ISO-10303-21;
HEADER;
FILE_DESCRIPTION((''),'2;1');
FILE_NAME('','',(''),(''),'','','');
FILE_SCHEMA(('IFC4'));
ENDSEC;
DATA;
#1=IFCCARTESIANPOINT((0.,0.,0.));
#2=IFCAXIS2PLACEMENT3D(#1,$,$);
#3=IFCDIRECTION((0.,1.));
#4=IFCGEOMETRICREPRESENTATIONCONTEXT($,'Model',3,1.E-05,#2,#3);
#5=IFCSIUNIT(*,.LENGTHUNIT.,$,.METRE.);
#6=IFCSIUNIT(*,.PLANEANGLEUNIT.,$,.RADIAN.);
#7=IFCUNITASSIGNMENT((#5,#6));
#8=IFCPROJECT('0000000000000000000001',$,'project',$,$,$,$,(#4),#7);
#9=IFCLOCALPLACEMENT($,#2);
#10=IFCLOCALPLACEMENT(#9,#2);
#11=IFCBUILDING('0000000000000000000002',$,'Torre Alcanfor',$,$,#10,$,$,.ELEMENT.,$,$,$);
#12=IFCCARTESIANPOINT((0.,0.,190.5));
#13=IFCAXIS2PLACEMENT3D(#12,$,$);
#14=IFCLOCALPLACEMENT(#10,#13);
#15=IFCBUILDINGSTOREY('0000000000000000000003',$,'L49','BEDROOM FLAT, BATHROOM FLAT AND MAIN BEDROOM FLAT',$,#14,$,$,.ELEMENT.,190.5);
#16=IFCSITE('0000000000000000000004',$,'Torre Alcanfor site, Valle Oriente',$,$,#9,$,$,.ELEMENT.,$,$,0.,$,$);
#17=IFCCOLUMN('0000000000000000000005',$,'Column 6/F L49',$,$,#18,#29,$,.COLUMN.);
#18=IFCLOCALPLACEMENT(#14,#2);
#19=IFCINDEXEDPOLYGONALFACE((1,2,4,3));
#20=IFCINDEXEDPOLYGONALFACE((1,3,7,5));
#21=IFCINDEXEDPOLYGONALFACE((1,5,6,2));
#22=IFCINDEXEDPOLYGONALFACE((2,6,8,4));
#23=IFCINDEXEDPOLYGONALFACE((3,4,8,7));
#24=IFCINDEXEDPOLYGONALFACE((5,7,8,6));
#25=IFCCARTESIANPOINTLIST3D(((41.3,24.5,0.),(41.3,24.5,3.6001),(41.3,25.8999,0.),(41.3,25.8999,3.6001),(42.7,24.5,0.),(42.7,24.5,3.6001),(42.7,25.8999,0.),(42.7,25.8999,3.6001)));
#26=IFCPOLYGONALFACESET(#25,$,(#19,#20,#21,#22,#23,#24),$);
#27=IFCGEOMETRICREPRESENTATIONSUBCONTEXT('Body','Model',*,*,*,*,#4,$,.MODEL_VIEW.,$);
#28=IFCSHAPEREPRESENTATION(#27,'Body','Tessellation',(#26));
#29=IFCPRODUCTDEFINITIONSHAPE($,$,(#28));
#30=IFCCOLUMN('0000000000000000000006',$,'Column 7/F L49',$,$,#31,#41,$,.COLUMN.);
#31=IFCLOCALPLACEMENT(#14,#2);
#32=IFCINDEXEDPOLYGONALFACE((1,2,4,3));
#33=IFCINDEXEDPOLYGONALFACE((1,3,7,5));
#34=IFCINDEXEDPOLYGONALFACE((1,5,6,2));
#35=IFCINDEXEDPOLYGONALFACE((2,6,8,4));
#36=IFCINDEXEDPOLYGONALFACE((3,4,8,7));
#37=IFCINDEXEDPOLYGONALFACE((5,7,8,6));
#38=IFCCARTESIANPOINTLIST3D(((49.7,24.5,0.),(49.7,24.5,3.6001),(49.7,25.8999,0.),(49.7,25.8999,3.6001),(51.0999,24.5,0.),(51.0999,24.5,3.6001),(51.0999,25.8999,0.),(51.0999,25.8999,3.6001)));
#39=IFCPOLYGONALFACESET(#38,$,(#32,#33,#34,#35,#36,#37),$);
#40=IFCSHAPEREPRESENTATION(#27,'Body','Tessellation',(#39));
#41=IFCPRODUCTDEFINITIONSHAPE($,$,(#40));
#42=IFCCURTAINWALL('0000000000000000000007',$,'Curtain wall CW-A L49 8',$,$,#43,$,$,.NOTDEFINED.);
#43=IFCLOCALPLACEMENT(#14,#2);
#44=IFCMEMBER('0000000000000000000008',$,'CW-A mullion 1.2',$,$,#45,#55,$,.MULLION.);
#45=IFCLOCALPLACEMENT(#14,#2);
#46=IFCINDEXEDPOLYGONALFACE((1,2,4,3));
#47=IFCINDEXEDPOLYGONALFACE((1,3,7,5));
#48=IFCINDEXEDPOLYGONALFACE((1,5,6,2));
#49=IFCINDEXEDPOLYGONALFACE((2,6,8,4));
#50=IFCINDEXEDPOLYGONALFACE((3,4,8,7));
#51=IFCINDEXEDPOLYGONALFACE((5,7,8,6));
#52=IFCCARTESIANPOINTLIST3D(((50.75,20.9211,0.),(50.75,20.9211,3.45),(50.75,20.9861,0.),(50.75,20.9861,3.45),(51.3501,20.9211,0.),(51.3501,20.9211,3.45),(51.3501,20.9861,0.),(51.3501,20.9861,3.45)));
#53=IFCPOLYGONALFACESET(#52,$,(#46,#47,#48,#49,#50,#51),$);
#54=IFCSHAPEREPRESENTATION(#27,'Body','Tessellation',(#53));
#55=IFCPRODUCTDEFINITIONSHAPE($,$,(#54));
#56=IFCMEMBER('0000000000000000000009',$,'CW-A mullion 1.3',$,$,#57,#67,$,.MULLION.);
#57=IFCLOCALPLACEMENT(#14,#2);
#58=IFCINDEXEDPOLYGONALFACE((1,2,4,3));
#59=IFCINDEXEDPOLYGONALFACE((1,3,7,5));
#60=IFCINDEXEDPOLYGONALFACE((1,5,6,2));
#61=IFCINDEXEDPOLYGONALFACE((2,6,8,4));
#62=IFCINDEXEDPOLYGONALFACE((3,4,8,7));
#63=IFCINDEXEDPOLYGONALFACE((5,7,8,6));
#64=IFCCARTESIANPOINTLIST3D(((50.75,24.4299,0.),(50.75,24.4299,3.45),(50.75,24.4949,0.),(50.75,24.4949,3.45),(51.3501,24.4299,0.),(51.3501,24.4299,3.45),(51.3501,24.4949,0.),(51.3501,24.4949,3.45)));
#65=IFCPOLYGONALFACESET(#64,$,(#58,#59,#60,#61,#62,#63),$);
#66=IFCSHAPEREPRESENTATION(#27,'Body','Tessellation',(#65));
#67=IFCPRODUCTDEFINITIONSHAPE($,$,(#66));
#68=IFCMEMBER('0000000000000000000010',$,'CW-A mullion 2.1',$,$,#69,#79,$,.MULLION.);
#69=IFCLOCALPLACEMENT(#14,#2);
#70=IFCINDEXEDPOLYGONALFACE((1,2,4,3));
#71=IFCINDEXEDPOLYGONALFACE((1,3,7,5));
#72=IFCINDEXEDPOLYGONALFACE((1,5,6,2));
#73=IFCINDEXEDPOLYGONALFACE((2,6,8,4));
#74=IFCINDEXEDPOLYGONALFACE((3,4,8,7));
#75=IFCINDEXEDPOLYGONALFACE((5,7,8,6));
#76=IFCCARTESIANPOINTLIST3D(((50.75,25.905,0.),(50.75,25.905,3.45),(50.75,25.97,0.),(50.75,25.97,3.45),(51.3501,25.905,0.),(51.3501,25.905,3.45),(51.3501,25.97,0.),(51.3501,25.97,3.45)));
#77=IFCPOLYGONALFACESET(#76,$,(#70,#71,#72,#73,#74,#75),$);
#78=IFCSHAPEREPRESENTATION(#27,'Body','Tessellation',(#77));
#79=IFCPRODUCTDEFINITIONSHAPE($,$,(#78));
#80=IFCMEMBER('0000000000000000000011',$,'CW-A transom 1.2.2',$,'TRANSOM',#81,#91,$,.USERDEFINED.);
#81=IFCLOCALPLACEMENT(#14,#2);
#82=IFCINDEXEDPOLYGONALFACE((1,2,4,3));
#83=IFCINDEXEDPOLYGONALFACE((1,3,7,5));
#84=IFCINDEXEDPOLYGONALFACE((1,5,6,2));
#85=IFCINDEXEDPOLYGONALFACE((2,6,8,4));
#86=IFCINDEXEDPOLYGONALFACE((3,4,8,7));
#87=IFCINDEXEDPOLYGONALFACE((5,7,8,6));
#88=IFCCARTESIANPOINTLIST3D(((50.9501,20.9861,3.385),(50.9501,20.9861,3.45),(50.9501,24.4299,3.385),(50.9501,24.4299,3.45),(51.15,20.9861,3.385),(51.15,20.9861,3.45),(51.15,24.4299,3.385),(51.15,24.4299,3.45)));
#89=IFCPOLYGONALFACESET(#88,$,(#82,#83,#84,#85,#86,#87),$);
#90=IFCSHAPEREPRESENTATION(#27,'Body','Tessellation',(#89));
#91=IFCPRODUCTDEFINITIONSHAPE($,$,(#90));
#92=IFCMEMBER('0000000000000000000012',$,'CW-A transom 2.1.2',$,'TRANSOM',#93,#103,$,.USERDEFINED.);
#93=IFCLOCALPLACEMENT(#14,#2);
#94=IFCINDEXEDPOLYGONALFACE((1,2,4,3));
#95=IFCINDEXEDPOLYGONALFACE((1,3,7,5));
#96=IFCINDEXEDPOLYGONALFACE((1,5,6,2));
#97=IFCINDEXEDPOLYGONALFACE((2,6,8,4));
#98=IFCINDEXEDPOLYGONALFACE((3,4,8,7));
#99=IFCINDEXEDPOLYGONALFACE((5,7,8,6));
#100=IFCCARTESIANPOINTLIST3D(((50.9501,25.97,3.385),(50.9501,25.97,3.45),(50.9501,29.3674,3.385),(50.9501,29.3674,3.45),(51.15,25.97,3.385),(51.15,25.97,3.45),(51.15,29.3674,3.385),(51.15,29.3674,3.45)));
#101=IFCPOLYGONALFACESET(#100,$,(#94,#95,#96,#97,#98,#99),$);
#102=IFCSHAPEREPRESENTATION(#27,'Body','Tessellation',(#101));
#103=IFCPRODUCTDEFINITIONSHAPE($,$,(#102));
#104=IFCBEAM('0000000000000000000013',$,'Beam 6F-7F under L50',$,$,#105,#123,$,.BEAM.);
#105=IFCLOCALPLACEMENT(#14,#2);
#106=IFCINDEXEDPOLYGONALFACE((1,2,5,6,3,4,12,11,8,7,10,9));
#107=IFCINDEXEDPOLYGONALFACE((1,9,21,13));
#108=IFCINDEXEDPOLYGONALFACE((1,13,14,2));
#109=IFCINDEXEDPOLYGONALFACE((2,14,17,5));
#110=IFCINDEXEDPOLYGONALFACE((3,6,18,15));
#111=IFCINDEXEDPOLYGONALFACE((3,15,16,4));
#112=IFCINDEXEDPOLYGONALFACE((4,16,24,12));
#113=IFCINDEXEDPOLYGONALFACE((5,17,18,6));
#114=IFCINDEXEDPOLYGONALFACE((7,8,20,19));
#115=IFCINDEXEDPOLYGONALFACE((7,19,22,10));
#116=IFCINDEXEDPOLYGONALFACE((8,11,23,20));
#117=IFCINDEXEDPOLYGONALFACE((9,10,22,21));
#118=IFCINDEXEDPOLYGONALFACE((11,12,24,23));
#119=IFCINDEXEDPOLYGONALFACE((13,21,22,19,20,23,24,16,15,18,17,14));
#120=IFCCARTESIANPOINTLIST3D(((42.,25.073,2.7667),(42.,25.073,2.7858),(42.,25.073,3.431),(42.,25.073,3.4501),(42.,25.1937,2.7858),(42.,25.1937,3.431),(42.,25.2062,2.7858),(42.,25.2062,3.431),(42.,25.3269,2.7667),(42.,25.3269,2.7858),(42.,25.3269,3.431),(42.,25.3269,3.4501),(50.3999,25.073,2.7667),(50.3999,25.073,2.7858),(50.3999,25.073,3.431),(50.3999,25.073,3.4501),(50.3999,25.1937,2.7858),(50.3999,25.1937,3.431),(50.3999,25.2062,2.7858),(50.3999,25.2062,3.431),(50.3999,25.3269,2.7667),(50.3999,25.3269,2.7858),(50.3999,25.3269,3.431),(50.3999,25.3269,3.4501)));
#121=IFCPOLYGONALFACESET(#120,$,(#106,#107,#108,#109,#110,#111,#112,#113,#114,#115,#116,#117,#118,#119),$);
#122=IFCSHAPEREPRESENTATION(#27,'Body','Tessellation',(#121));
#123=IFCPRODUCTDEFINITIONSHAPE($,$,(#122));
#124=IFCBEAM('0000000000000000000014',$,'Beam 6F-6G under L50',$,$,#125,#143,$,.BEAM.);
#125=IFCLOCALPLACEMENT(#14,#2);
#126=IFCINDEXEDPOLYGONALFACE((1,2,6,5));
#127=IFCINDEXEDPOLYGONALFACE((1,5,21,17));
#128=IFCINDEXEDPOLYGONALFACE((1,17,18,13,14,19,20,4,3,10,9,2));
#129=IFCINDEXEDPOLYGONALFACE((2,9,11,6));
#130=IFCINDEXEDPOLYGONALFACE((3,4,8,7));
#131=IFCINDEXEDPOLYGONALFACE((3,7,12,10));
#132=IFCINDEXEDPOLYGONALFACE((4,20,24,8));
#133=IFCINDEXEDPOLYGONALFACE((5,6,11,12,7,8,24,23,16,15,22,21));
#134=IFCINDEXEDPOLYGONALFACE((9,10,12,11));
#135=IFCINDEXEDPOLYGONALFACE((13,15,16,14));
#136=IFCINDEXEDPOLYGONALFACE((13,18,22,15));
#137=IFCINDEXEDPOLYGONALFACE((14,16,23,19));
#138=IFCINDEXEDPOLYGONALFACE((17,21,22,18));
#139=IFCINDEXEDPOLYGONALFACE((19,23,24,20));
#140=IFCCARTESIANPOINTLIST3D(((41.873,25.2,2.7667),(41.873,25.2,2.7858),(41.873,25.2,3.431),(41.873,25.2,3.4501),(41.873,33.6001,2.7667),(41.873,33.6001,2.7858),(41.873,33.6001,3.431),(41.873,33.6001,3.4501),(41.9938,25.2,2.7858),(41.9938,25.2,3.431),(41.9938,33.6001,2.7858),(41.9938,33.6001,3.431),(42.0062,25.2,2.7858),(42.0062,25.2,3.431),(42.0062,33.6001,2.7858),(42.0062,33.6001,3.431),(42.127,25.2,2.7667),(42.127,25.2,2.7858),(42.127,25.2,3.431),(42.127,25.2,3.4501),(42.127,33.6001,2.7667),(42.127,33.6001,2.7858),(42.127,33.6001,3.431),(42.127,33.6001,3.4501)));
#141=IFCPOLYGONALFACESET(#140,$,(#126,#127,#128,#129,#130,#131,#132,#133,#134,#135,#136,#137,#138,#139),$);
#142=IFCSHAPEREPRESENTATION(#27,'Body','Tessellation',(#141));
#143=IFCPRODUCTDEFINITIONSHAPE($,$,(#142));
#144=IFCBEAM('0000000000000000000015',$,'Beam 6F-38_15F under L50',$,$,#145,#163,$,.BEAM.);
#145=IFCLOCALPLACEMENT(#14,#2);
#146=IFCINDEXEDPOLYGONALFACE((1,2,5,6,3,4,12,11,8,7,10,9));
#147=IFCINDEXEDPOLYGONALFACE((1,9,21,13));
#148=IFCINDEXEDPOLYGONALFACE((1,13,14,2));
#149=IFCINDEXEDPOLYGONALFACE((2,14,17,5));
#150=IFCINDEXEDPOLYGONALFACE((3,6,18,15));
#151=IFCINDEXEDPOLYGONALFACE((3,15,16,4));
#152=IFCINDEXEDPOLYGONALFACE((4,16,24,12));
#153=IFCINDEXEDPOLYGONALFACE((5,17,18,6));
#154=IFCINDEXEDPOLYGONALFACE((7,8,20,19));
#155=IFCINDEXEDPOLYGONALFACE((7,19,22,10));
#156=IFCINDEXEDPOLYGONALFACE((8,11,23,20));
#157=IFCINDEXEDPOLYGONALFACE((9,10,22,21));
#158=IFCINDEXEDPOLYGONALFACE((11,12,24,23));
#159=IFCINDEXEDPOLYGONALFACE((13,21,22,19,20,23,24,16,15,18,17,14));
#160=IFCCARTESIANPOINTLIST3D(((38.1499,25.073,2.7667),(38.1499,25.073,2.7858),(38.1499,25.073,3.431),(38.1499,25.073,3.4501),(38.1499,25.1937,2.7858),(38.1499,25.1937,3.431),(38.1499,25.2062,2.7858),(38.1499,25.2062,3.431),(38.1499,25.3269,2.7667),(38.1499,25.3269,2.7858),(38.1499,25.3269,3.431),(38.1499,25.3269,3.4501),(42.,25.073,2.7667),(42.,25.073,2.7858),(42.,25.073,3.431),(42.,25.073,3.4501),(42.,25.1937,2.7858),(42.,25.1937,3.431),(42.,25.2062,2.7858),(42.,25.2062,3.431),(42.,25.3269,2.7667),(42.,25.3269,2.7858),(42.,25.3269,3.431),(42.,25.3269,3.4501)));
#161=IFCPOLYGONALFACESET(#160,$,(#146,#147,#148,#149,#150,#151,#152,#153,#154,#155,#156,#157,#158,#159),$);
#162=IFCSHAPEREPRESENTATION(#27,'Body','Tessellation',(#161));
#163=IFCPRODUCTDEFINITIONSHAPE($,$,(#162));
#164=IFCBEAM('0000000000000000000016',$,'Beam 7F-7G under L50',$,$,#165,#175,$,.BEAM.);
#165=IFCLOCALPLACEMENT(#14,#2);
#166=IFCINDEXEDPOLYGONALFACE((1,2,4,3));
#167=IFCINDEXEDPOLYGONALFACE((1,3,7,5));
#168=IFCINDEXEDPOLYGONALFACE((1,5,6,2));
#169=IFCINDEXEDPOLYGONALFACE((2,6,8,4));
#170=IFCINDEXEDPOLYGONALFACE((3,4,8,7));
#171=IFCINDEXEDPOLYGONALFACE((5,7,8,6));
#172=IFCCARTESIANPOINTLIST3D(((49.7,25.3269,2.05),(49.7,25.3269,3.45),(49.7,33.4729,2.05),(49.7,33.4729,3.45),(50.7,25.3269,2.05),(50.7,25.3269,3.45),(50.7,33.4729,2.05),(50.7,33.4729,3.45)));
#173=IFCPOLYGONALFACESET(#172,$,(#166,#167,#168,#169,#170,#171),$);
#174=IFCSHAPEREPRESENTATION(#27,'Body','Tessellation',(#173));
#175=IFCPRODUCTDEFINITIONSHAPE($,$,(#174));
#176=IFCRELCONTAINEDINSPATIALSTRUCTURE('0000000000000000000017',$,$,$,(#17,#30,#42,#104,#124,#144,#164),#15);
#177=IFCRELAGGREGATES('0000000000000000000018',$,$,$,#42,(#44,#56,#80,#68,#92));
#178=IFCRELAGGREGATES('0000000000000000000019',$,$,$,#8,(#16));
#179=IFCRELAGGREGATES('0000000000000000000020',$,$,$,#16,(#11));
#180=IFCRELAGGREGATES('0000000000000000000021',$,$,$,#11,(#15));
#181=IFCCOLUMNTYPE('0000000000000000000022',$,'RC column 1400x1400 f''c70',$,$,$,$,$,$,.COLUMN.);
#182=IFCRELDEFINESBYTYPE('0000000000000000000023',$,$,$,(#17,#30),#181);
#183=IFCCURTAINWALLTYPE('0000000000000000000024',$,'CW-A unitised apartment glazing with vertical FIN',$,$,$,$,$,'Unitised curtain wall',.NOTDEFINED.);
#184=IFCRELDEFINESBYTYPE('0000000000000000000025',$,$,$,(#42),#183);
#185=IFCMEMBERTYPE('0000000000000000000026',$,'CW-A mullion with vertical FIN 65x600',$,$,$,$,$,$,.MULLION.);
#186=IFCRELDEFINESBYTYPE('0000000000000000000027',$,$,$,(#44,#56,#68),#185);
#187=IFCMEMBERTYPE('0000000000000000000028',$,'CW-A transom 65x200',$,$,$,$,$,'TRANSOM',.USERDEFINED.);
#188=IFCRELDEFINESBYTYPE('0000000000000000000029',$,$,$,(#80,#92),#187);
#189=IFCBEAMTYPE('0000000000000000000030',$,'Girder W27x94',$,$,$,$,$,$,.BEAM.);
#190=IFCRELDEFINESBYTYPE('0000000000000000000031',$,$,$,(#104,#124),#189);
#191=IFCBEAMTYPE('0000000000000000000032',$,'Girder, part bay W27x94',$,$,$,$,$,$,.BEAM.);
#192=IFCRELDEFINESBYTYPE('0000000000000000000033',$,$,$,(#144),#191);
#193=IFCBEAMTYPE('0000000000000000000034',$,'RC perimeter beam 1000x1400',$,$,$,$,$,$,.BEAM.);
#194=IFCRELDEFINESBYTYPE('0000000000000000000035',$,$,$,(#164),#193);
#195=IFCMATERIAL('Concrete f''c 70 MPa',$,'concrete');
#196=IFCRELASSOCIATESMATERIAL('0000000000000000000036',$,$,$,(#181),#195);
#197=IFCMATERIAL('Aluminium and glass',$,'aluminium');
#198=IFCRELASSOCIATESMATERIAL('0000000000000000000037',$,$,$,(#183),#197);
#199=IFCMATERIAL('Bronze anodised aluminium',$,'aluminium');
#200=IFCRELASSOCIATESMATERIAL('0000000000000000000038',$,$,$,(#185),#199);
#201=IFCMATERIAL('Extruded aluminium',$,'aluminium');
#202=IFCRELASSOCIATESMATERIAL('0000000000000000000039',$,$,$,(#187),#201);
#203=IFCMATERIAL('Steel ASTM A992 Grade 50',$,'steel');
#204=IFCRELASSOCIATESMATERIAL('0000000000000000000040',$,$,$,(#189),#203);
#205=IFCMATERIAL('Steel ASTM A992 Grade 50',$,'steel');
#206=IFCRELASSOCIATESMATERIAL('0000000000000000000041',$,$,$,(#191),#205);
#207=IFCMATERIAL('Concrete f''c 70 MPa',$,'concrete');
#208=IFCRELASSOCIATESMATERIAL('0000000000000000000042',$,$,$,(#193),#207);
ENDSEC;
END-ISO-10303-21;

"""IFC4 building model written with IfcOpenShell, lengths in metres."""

from ifc_helpers import new_model, si_unit, direction, frame, origin, origin_2d, place, context, subcontext, project, spatial, rectangle, i_section, extrude, material, material_profile, profile_set, type_object, element, aggregate, save


model = new_model("IFC4")

# Units and contexts
model_context = context("Model", 3, precision=1e-05, world=origin(), true_north=direction((0.0, 1.0)))
body_context = subcontext(model_context, "Body", "Model", "MODEL_VIEW")
ifc_project = project(units=[si_unit("LENGTHUNIT", "METRE"), si_unit("PLANEANGLEUNIT", "RADIAN")], contexts=[model_context])

# Site, building, storey
site_placement = place(None, origin())
site = spatial("IfcSite", under=ifc_project, at=site_placement, Name="Torre Alcanfor site, Valle Oriente", CompositionType="ELEMENT", RefElevation=0.0)
building_placement = place(site_placement, origin())
building = spatial("IfcBuilding", under=site, at=building_placement, Name="Torre Alcanfor", CompositionType="ELEMENT")
storey_placement = place(building_placement, frame((0.0, 0.0, 190.5)))
storey = spatial("IfcBuildingStorey", under=building, at=storey_placement, Name="L49", Description="BEDROOM FLAT, BATHROOM FLAT AND MAIN BEDROOM FLAT", CompositionType="ELEMENT", Elevation=190.5)

# Columns
ifc_material_1 = material(Name="Concrete f'c 70 MPa", Category="concrete")
ifc_material_profile_1 = material_profile(ifc_material_1, rectangle(XDim=1.3999, YDim=1.3999, at=origin_2d()), Name="1400x1400")
ifc_profile_set_1 = profile_set([ifc_material_profile_1], Name="Concrete f'c 70 MPa")
column_type = type_object("IfcColumnType", Name="RC column 1400x1400 f'c70", PredefinedType="COLUMN", material=ifc_profile_set_1)
for number, where, z_axis, x_axis, name in (
    (1, (42.0, 25.2, 0.0), (0.0, 0.0, 1.0), (1.0, 0.0, 0.0), "Column 6/F L49"),
    (2, (50.3999, 25.2, 0.0), (0.0, 0.0, 1.0), (1.0, 0.0, 0.0), "Column 7/F L49"),
):
    element("IfcColumn", number, at=place(storey_placement, frame(where, z_axis=z_axis, x_axis=x_axis)), inside=storey, type_object=column_type, Name=name, PredefinedType="COLUMN", context=body_context, shape_type="SweptSolid", body=[
        extrude(rectangle(XDim=1.3999, YDim=1.3999, at=origin_2d()), origin(), (0.0, 0.0, 1.0), 3.6001),
    ])

# Curtain wall, members
ifc_material_2 = material(Name="Aluminium and glass", Category="aluminium")
curtain_wall_type = type_object("IfcCurtainWallType", Name="CW-A unitised apartment glazing with vertical FIN", ElementType="Unitised curtain wall", PredefinedType="NOTDEFINED", material=ifc_material_2)
curtain_wall_placement = place(storey_placement, origin())
curtain_wall = element("IfcCurtainWall", 3, at=curtain_wall_placement, inside=storey, type_object=curtain_wall_type, Name="Curtain wall CW-A L49 8", PredefinedType="NOTDEFINED")
ifc_material_3 = material(Name="Bronze anodised aluminium", Category="aluminium")
ifc_material_profile_2 = material_profile(ifc_material_3, rectangle(XDim=0.6001, YDim=0.0649, at=origin_2d()), Name="CW-A mullion 65x600")
ifc_profile_set_2 = profile_set([ifc_material_profile_2], Name="Bronze anodised aluminium")
member_type_1 = type_object("IfcMemberType", Name="CW-A mullion with vertical FIN 65x600", PredefinedType="MULLION", material=ifc_profile_set_2)
member_1_placement = place(storey_placement, frame((51.05, 20.9536, 0.0), z_axis=(0.0, 0.0, 1.0), x_axis=(-1.0, 0.0, 0.0)))
member_1 = element("IfcMember", 4, at=member_1_placement, type_object=member_type_1, Name="CW-A mullion 1.2", PredefinedType="MULLION", context=body_context, shape_type="SweptSolid", body=[
    extrude(rectangle(XDim=0.6001, YDim=0.0649, at=origin_2d()), origin(), (0.0, 0.0, 1.0), 3.45),
])
member_2_placement = place(storey_placement, frame((51.05, 24.4624, 0.0), z_axis=(0.0, 0.0, 1.0), x_axis=(-1.0, 0.0, 0.0)))
member_2 = element("IfcMember", 5, at=member_2_placement, type_object=member_type_1, Name="CW-A mullion 1.3", PredefinedType="MULLION", context=body_context, shape_type="SweptSolid", body=[
    extrude(rectangle(XDim=0.6001, YDim=0.0649, at=origin_2d()), origin(), (0.0, 0.0, 1.0), 3.45),
])
member_3_placement = place(storey_placement, frame((51.05, 25.9375, 0.0), z_axis=(0.0, 0.0, 1.0), x_axis=(-1.0, 0.0, 0.0)))
member_3 = element("IfcMember", 6, at=member_3_placement, type_object=member_type_1, Name="CW-A mullion 2.1", PredefinedType="MULLION", context=body_context, shape_type="SweptSolid", body=[
    extrude(rectangle(XDim=0.6001, YDim=0.0649, at=origin_2d()), origin(), (0.0, 0.0, 1.0), 3.45),
])
ifc_material_4 = material(Name="Extruded aluminium", Category="aluminium")
ifc_material_profile_3 = material_profile(ifc_material_4, rectangle(XDim=0.2, YDim=0.0649, at=origin_2d()), Name="CW-A transom 200x65")
ifc_profile_set_3 = profile_set([ifc_material_profile_3], Name="Extruded aluminium")
member_type_2 = type_object("IfcMemberType", Name="CW-A transom 65x200", ElementType="TRANSOM", PredefinedType="USERDEFINED", material=ifc_profile_set_3)
member_4_placement = place(storey_placement, frame((51.05, 20.9861, 3.4175), z_axis=(0.0, 1.0, 0.0), x_axis=(-1.0, 0.0, 0.0)))
member_4 = element("IfcMember", 7, at=member_4_placement, type_object=member_type_2, Name="CW-A transom 1.2.2", ObjectType="TRANSOM", PredefinedType="USERDEFINED", context=body_context, shape_type="SweptSolid", body=[
    extrude(rectangle(XDim=0.2, YDim=0.0649, at=origin_2d()), origin(), (0.0, 0.0, 1.0), 3.4438),
])
member_5_placement = place(storey_placement, frame((51.05, 25.97, 3.4175), z_axis=(0.0, 1.0, 0.0), x_axis=(-1.0, 0.0, 0.0)))
member_5 = element("IfcMember", 8, at=member_5_placement, type_object=member_type_2, Name="CW-A transom 2.1.2", ObjectType="TRANSOM", PredefinedType="USERDEFINED", context=body_context, shape_type="SweptSolid", body=[
    extrude(rectangle(XDim=0.2, YDim=0.0649, at=origin_2d()), origin(), (0.0, 0.0, 1.0), 3.3975),
])

# Beams
ifc_material_5 = material(Name="Steel ASTM A992 Grade 50", Category="steel")
ifc_material_profile_4 = material_profile(ifc_material_5, i_section(OverallWidth=0.2539, OverallDepth=0.6833, WebThickness=0.0125, FlangeThickness=0.019, at=origin_2d()), Name="W27x94")
ifc_profile_set_4 = profile_set([ifc_material_profile_4], Name="Steel ASTM A992 Grade 50")
beam_type_1 = type_object("IfcBeamType", Name="Girder W27x94", PredefinedType="BEAM", material=ifc_profile_set_4)
beam_1_placement = place(storey_placement, frame((42.0, 25.2, 3.1084), z_axis=(1.0, 0.0, 0.0), x_axis=(0.0, 1.0, 0.0)))
element("IfcBeam", 9, at=beam_1_placement, inside=storey, type_object=beam_type_1, Name="Beam 6F-7F under L50", PredefinedType="BEAM", context=body_context, shape_type="SweptSolid", body=[
    extrude(i_section(OverallWidth=0.2539, OverallDepth=0.6833, WebThickness=0.0125, FlangeThickness=0.019, at=origin_2d()), origin(), (0.0, 0.0, 1.0), 8.3999),
])
beam_2_placement = place(storey_placement, frame((42.0, 25.2, 3.1084), z_axis=(0.0, 1.0, 0.0), x_axis=(-1.0, 0.0, 0.0)))
element("IfcBeam", 10, at=beam_2_placement, inside=storey, type_object=beam_type_1, Name="Beam 6F-6G under L50", PredefinedType="BEAM", context=body_context, shape_type="SweptSolid", body=[
    extrude(i_section(OverallWidth=0.2539, OverallDepth=0.6833, WebThickness=0.0125, FlangeThickness=0.019, at=origin_2d()), origin(), (0.0, 0.0, 1.0), 8.4001),
])
ifc_material_6 = material(Name="Steel ASTM A992 Grade 50", Category="steel")
ifc_material_profile_5 = material_profile(ifc_material_6, i_section(OverallWidth=0.2539, OverallDepth=0.6833, WebThickness=0.0125, FlangeThickness=0.019, at=origin_2d()), Name="W27x94")
ifc_profile_set_5 = profile_set([ifc_material_profile_5], Name="Steel ASTM A992 Grade 50")
beam_type_2 = type_object("IfcBeamType", Name="Girder, part bay W27x94", PredefinedType="BEAM", material=ifc_profile_set_5)
beam_3_placement = place(storey_placement, frame((42.0, 25.2, 3.1084), z_axis=(-1.0, 0.0, 0.0), x_axis=(0.0, -1.0, 0.0)))
element("IfcBeam", 11, at=beam_3_placement, inside=storey, type_object=beam_type_2, Name="Beam 6F-38_15F under L50", PredefinedType="BEAM", context=body_context, shape_type="SweptSolid", body=[
    extrude(i_section(OverallWidth=0.2539, OverallDepth=0.6833, WebThickness=0.0125, FlangeThickness=0.019, at=origin_2d()), origin(), (0.0, 0.0, 1.0), 3.8501),
])
ifc_material_7 = material(Name="Concrete f'c 70 MPa", Category="concrete")
ifc_material_profile_6 = material_profile(ifc_material_7, rectangle(XDim=1.0, YDim=1.3999, at=origin_2d()), Name="1000x1400")
ifc_profile_set_6 = profile_set([ifc_material_profile_6], Name="Concrete f'c 70 MPa")
beam_type_3 = type_object("IfcBeamType", Name="RC perimeter beam 1000x1400", PredefinedType="BEAM", material=ifc_profile_set_6)
beam_4_placement = place(storey_placement, frame((50.2, 25.3269, 2.75), z_axis=(0.0, 1.0, 0.0), x_axis=(-1.0, 0.0, 0.0)))
element("IfcBeam", 12, at=beam_4_placement, inside=storey, type_object=beam_type_3, Name="Beam 7F-7G under L50", PredefinedType="BEAM", context=body_context, shape_type="SweptSolid", body=[
    extrude(rectangle(XDim=1.0, YDim=1.3999, at=origin_2d()), origin(), (0.0, 0.0, 1.0), 8.146),
])

aggregate(curtain_wall, [member_1, member_2, member_4, member_3, member_5])

save(model, "model.ifc")
